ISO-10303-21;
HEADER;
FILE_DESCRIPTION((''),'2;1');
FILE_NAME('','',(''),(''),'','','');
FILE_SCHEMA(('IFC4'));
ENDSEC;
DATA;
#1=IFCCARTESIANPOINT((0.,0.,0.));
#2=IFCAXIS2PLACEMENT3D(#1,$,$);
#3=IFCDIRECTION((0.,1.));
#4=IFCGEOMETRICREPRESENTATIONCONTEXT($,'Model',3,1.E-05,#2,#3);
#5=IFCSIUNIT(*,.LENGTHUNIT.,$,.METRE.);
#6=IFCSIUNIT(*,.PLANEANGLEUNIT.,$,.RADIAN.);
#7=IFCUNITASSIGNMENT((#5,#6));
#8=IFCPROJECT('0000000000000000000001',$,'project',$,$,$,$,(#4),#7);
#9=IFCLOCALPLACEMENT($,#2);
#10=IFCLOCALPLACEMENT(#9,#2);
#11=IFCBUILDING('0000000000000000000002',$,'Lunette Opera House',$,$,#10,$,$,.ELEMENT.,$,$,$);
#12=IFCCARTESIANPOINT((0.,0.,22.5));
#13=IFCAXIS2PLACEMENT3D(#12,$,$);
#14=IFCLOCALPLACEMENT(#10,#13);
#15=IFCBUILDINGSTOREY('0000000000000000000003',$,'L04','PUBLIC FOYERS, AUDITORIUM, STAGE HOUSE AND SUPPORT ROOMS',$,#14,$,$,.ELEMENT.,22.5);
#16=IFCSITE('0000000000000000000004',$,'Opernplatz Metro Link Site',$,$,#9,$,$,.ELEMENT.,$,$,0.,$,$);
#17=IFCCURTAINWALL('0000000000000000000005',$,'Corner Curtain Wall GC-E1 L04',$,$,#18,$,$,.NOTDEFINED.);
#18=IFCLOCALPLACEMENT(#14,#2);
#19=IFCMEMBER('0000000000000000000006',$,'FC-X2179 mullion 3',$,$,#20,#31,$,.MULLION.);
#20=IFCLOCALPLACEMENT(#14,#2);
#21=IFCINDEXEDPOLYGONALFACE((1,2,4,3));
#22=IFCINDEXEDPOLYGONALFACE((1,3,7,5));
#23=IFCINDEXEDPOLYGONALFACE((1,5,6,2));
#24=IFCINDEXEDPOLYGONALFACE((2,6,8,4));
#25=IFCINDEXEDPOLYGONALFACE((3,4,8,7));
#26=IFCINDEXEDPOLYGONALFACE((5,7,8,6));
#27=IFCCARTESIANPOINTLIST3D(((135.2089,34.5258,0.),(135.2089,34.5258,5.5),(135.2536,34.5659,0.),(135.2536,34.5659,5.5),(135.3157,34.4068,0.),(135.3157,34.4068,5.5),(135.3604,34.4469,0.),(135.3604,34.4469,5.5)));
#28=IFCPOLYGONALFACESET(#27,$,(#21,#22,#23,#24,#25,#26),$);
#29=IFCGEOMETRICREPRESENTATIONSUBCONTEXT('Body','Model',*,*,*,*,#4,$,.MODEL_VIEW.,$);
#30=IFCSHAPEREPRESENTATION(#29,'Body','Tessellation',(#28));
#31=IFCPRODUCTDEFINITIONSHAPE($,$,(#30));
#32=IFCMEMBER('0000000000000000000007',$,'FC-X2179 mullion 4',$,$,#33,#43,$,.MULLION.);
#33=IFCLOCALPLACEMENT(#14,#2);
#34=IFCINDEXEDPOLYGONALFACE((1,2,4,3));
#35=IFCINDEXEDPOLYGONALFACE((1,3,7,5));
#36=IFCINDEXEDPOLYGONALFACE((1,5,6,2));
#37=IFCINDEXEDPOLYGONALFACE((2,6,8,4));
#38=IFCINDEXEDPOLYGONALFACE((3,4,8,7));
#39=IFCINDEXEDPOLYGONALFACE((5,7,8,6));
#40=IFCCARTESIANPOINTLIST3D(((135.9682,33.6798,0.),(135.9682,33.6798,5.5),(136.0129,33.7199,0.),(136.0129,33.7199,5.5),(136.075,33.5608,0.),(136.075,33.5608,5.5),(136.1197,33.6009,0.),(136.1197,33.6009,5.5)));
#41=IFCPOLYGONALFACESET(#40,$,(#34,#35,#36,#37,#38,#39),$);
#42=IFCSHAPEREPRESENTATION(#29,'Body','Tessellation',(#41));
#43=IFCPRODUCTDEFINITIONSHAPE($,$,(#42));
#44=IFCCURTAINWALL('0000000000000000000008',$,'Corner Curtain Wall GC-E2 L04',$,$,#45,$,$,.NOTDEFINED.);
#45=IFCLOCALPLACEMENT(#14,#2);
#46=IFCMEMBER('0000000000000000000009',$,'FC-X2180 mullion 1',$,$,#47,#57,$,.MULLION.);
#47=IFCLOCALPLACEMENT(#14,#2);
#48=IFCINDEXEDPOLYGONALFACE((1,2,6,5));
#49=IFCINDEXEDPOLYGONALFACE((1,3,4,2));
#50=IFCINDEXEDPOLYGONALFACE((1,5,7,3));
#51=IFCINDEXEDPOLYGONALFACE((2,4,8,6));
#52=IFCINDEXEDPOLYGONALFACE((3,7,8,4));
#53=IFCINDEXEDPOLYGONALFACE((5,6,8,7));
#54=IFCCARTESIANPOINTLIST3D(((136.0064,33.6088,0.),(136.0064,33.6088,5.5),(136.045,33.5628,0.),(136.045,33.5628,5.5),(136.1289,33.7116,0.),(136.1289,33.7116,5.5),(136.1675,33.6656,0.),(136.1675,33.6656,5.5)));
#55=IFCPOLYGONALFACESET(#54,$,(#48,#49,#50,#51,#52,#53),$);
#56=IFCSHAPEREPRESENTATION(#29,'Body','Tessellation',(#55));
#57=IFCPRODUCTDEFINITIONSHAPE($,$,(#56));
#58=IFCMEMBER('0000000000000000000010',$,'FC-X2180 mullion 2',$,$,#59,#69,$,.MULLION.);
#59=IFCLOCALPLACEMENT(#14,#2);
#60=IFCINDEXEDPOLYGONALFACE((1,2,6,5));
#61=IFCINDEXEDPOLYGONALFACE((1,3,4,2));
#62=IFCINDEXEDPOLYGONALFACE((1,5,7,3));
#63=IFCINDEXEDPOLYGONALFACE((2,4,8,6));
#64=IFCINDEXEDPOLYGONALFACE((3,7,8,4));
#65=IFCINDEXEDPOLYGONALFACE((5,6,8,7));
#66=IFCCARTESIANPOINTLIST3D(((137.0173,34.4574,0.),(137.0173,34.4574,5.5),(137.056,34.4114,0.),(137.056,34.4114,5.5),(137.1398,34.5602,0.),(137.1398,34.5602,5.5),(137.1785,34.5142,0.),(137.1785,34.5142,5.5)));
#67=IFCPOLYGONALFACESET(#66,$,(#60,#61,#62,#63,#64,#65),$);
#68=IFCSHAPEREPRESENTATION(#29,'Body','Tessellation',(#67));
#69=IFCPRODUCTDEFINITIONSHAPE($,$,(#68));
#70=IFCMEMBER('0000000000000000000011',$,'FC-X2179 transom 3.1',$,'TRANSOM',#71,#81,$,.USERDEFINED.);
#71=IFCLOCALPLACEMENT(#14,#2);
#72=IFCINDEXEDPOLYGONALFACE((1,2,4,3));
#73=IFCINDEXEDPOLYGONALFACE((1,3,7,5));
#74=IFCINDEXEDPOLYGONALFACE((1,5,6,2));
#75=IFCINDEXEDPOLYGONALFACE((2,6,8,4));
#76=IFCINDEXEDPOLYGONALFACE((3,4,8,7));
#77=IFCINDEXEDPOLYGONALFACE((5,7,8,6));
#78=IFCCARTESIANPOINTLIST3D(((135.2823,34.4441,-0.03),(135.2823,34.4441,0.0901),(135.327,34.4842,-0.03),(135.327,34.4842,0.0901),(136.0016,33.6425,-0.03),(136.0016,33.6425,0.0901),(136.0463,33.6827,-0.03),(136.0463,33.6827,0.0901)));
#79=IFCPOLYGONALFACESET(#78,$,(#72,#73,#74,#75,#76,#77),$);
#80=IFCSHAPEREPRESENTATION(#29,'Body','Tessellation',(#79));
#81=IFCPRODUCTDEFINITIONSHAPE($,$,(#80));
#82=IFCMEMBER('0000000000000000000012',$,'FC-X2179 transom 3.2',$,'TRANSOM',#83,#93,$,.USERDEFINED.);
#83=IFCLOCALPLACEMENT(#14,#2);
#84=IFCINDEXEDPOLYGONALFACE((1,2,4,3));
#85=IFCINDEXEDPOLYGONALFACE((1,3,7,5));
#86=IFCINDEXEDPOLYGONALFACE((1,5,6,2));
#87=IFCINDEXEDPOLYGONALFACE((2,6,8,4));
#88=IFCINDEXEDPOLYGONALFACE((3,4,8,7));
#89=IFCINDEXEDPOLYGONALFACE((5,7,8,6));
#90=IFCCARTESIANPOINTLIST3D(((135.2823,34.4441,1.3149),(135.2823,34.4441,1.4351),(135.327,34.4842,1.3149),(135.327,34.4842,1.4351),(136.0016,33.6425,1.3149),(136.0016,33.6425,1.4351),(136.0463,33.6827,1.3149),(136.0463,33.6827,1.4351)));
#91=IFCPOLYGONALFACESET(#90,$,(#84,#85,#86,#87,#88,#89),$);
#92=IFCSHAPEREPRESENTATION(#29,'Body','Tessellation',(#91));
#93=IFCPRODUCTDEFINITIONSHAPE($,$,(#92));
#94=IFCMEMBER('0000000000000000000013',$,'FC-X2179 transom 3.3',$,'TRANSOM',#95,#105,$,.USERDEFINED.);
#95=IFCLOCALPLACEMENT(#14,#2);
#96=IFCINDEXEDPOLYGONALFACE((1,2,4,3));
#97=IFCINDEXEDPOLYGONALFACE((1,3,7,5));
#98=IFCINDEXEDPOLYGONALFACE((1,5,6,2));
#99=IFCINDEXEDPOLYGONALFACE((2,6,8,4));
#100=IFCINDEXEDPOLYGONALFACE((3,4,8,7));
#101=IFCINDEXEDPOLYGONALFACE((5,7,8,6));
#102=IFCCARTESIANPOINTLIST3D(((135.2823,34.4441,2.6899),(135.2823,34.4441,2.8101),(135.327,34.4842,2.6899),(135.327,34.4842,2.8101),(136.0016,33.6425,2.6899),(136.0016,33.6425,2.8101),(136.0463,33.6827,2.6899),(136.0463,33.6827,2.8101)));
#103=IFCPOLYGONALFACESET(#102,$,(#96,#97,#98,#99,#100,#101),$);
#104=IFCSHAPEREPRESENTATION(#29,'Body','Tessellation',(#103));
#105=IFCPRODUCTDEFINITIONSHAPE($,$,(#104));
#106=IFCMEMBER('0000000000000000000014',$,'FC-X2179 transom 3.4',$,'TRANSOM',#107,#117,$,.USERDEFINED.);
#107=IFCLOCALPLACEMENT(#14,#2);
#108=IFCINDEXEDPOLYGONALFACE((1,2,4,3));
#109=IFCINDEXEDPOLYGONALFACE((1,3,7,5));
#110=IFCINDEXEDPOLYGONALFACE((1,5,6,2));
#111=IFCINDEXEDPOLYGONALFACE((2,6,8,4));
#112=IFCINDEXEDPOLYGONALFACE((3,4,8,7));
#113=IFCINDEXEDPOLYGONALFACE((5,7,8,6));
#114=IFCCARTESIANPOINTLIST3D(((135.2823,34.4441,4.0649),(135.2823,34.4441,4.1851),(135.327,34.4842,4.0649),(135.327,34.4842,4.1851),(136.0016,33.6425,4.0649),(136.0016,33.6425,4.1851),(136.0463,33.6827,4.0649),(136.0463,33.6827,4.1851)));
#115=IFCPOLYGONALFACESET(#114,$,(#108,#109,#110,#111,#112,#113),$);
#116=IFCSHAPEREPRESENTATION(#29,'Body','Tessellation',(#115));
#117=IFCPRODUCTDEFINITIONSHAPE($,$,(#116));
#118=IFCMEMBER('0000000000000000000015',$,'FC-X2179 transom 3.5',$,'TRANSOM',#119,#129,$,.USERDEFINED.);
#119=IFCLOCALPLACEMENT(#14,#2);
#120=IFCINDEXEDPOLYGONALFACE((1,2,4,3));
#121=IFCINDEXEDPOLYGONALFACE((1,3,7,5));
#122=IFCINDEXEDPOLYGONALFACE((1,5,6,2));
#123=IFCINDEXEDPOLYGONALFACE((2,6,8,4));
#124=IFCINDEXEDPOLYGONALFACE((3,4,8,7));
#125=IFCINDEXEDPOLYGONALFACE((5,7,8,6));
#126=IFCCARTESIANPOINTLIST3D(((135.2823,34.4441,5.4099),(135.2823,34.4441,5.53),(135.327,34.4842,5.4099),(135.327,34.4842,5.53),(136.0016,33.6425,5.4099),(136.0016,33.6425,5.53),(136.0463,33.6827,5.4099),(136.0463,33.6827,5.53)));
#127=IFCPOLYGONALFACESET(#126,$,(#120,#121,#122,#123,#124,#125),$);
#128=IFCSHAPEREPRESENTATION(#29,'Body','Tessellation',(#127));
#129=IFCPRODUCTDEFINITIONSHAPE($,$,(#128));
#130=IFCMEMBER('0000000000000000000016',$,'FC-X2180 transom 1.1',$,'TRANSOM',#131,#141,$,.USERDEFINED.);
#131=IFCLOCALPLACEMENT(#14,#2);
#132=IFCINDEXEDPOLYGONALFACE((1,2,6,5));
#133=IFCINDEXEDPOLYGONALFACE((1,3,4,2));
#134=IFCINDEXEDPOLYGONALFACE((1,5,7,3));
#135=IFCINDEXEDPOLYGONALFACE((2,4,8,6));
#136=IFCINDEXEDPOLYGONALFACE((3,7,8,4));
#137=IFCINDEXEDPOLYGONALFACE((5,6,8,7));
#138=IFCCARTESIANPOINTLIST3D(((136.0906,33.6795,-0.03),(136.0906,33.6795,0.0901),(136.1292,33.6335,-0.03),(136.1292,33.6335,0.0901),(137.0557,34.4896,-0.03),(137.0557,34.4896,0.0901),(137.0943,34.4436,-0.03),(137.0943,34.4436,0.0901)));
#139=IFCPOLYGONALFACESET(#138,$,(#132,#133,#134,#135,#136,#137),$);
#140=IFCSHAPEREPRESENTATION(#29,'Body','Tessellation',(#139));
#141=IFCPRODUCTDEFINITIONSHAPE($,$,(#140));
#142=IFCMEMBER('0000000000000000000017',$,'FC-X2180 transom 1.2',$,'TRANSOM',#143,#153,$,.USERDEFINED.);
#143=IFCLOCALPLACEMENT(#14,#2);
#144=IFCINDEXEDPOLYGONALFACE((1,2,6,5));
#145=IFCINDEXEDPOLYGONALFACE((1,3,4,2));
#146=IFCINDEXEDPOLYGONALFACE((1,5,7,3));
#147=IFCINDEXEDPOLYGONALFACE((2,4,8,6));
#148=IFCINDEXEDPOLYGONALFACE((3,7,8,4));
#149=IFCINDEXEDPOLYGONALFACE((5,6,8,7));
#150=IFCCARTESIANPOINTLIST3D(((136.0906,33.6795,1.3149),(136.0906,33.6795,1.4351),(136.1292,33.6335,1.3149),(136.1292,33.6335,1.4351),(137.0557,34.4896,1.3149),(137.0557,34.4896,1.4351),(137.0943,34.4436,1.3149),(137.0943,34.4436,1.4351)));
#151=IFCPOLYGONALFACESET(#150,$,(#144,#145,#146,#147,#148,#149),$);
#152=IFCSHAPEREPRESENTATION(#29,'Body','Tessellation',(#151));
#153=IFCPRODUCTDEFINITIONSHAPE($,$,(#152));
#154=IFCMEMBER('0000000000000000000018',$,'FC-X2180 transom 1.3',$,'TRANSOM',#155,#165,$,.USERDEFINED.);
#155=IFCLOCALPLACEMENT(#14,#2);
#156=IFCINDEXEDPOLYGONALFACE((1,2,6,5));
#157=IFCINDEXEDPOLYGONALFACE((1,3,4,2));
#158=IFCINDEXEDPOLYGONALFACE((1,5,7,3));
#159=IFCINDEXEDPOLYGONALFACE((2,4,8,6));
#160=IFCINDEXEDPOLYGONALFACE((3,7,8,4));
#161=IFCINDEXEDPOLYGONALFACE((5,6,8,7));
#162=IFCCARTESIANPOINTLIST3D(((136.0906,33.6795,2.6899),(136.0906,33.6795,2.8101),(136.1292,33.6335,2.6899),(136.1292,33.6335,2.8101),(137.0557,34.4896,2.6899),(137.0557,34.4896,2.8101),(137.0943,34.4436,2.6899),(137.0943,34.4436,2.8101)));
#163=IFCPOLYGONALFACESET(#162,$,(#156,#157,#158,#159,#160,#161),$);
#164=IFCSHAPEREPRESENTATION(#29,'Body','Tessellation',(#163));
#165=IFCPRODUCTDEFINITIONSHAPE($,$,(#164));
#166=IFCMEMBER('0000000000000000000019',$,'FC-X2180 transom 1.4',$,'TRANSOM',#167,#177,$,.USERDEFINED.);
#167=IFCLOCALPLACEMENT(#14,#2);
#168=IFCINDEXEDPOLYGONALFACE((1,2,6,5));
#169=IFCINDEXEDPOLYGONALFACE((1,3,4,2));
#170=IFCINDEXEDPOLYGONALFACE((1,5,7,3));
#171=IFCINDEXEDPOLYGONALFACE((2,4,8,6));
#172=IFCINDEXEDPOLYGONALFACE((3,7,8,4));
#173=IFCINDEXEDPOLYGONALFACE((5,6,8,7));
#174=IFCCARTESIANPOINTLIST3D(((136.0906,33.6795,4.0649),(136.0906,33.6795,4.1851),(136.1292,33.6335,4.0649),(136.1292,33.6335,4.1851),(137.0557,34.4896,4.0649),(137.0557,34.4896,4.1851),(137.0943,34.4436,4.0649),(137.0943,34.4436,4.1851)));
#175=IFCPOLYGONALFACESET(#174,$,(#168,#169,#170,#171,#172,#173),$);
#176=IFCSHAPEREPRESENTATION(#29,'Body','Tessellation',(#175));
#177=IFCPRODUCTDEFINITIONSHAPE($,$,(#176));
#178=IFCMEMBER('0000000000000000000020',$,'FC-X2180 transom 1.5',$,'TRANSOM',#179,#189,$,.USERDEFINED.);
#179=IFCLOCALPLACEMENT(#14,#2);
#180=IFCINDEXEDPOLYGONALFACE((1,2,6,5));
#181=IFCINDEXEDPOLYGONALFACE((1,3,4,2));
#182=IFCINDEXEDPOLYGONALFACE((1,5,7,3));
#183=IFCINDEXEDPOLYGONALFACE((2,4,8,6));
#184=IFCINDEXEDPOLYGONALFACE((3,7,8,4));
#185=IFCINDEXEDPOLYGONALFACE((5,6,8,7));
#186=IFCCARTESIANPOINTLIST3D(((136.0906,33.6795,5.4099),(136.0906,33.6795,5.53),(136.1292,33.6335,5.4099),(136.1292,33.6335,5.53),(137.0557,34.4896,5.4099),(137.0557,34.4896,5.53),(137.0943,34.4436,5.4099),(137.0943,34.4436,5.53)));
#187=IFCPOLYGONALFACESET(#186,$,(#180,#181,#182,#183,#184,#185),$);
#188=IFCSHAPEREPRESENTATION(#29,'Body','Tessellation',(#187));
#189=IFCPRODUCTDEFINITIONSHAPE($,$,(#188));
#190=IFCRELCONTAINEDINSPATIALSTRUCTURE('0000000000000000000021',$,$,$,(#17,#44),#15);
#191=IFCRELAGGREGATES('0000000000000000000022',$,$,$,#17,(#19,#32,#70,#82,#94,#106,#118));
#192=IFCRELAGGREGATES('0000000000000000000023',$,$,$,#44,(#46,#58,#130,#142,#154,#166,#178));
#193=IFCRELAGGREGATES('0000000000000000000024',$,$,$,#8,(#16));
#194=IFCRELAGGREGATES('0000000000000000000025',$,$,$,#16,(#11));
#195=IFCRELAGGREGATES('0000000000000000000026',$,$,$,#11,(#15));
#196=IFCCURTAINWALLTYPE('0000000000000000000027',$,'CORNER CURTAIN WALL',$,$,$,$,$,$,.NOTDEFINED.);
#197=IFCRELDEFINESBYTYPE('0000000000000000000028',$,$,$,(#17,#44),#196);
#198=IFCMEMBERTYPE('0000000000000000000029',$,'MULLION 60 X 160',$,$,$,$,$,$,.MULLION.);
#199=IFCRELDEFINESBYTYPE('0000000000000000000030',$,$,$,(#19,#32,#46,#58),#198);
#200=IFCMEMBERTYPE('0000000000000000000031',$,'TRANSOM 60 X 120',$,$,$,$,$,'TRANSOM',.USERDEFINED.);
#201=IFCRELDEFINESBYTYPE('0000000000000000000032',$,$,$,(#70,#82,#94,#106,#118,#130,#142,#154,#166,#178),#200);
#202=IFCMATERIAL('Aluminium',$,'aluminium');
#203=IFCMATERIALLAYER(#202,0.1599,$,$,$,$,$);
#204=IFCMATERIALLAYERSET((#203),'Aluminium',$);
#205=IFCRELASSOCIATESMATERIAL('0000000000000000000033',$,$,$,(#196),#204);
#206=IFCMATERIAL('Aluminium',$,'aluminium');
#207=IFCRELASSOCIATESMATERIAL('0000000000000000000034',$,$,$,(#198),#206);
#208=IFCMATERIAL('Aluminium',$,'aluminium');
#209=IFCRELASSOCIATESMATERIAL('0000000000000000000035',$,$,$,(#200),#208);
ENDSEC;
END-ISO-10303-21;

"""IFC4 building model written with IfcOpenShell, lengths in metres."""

from ifc_helpers import new_model, si_unit, direction, frame, origin, origin_2d, place, context, subcontext, project, spatial, rectangle, extrude, material, layer, layer_set, material_profile, profile_set, type_object, element, aggregate, save


model = new_model("IFC4")

# Units and contexts
model_context = context("Model", 3, precision=1e-05, world=origin(), true_north=direction((0.0, 1.0)))
body_context = subcontext(model_context, "Body", "Model", "MODEL_VIEW")
ifc_project = project(units=[si_unit("LENGTHUNIT", "METRE"), si_unit("PLANEANGLEUNIT", "RADIAN")], contexts=[model_context])

# Site, building, storey
site_placement = place(None, origin())
site = spatial("IfcSite", under=ifc_project, at=site_placement, Name="Opernplatz Metro Link Site", CompositionType="ELEMENT", RefElevation=0.0)
building_placement = place(site_placement, origin())
building = spatial("IfcBuilding", under=site, at=building_placement, Name="Lunette Opera House", CompositionType="ELEMENT")
storey_placement = place(building_placement, frame((0.0, 0.0, 22.5)))
storey = spatial("IfcBuildingStorey", under=building, at=storey_placement, Name="L04", Description="PUBLIC FOYERS, AUDITORIUM, STAGE HOUSE AND SUPPORT ROOMS", CompositionType="ELEMENT", Elevation=22.5)

# Curtain walls, members
ifc_material_1 = material(Name="Aluminium", Category="aluminium")
ifc_layer_1 = layer(ifc_material_1, 0.1599)
ifc_layer_set_1 = layer_set([ifc_layer_1], Name="Aluminium")
curtain_wall_type = type_object("IfcCurtainWallType", Name="CORNER CURTAIN WALL", PredefinedType="NOTDEFINED", material=ifc_layer_set_1)
curtain_wall_1_placement = place(storey_placement, origin())
curtain_wall_1 = element("IfcCurtainWall", 1, at=curtain_wall_1_placement, inside=storey, type_object=curtain_wall_type, Name="Corner Curtain Wall GC-E1 L04", PredefinedType="NOTDEFINED")
ifc_material_2 = material(Name="Aluminium", Category="aluminium")
ifc_material_profile_1 = material_profile(ifc_material_2, rectangle(XDim=0.0601, YDim=0.1599, at=origin_2d()), Name="MULLION 60 X 160")
ifc_profile_set_1 = profile_set([ifc_material_profile_1], Name="Aluminium")
member_type_1 = type_object("IfcMemberType", Name="MULLION 60 X 160", PredefinedType="MULLION", material=ifc_profile_set_1)
member_1_placement = place(storey_placement, frame((135.2847, 34.4863, 0.0), z_axis=(0.0, 0.0, 1.0), x_axis=(0.744217, 0.667938, 0.0)))
member_1 = element("IfcMember", 2, at=member_1_placement, type_object=member_type_1, Name="FC-X2179 mullion 3", PredefinedType="MULLION", context=body_context, shape_type="SweptSolid", body=[
    extrude(rectangle(XDim=0.0601, YDim=0.1599, at=origin_2d()), origin(), (0.0, 0.0, 1.0), 5.5),
])
member_2_placement = place(storey_placement, frame((136.0439, 33.6404, 0.0), z_axis=(0.0, 0.0, 1.0), x_axis=(0.744217, 0.667938, 0.0)))
member_2 = element("IfcMember", 3, at=member_2_placement, type_object=member_type_1, Name="FC-X2179 mullion 4", PredefinedType="MULLION", context=body_context, shape_type="SweptSolid", body=[
    extrude(rectangle(XDim=0.0601, YDim=0.1599, at=origin_2d()), origin(), (0.0, 0.0, 1.0), 5.5),
])
curtain_wall_2_placement = place(storey_placement, origin())
curtain_wall_2 = element("IfcCurtainWall", 4, at=curtain_wall_2_placement, inside=storey, type_object=curtain_wall_type, Name="Corner Curtain Wall GC-E2 L04", PredefinedType="NOTDEFINED")
member_3_placement = place(storey_placement, frame((136.0869, 33.6372, 0.0), z_axis=(0.0, 0.0, 1.0), x_axis=(-0.64284, 0.766, 0.0)))
member_3 = element("IfcMember", 5, at=member_3_placement, type_object=member_type_1, Name="FC-X2180 mullion 1", PredefinedType="MULLION", context=body_context, shape_type="SweptSolid", body=[
    extrude(rectangle(XDim=0.0601, YDim=0.1599, at=origin_2d()), origin(), (0.0, 0.0, 1.0), 5.5),
])
member_4_placement = place(storey_placement, frame((137.0979, 34.4858, 0.0), z_axis=(0.0, 0.0, 1.0), x_axis=(-0.64284, 0.766, 0.0)))
member_4 = element("IfcMember", 6, at=member_4_placement, type_object=member_type_1, Name="FC-X2180 mullion 2", PredefinedType="MULLION", context=body_context, shape_type="SweptSolid", body=[
    extrude(rectangle(XDim=0.0601, YDim=0.1599, at=origin_2d()), origin(), (0.0, 0.0, 1.0), 5.5),
])

# Members
ifc_material_3 = material(Name="Aluminium", Category="aluminium")
ifc_material_profile_2 = material_profile(ifc_material_3, rectangle(XDim=0.0601, YDim=0.1201, at=origin_2d()), Name="TRANSOM 60 X 120")
ifc_profile_set_2 = profile_set([ifc_material_profile_2], Name="Aluminium")
member_type_2 = type_object("IfcMemberType", Name="TRANSOM 60 X 120", ElementType="TRANSOM", PredefinedType="USERDEFINED", material=ifc_profile_set_2)
member_5_placement = place(storey_placement, frame((135.3047, 34.4641, 0.03), z_axis=(0.667874, -0.744274, 0.0), x_axis=(0.744274, 0.667874, 0.0)))
member_5 = element("IfcMember", 7, at=member_5_placement, type_object=member_type_2, Name="FC-X2179 transom 3.1", ObjectType="TRANSOM", PredefinedType="USERDEFINED", context=body_context, shape_type="SweptSolid", body=[
    extrude(rectangle(XDim=0.0601, YDim=0.1201, at=origin_2d()), origin(), (0.0, 0.0, 1.0), 1.0769),
])
member_6_placement = place(storey_placement, frame((135.3047, 34.4641, 1.375), z_axis=(0.667874, -0.744274, 0.0), x_axis=(0.744274, 0.667874, 0.0)))
member_6 = element("IfcMember", 8, at=member_6_placement, type_object=member_type_2, Name="FC-X2179 transom 3.2", ObjectType="TRANSOM", PredefinedType="USERDEFINED", context=body_context, shape_type="SweptSolid", body=[
    extrude(rectangle(XDim=0.0601, YDim=0.1201, at=origin_2d()), origin(), (0.0, 0.0, 1.0), 1.0769),
])
member_7_placement = place(storey_placement, frame((135.3047, 34.4641, 2.75), z_axis=(0.667874, -0.744274, 0.0), x_axis=(0.744274, 0.667874, 0.0)))
member_7 = element("IfcMember", 9, at=member_7_placement, type_object=member_type_2, Name="FC-X2179 transom 3.3", ObjectType="TRANSOM", PredefinedType="USERDEFINED", context=body_context, shape_type="SweptSolid", body=[
    extrude(rectangle(XDim=0.0601, YDim=0.1201, at=origin_2d()), origin(), (0.0, 0.0, 1.0), 1.0769),
])
member_8_placement = place(storey_placement, frame((135.3047, 34.4641, 4.125), z_axis=(0.667874, -0.744274, 0.0), x_axis=(0.744274, 0.667874, 0.0)))
member_8 = element("IfcMember", 10, at=member_8_placement, type_object=member_type_2, Name="FC-X2179 transom 3.4", ObjectType="TRANSOM", PredefinedType="USERDEFINED", context=body_context, shape_type="SweptSolid", body=[
    extrude(rectangle(XDim=0.0601, YDim=0.1201, at=origin_2d()), origin(), (0.0, 0.0, 1.0), 1.0769),
])
member_9_placement = place(storey_placement, frame((135.3047, 34.4641, 5.47), z_axis=(0.667874, -0.744274, 0.0), x_axis=(0.744274, 0.667874, 0.0)))
member_9 = element("IfcMember", 11, at=member_9_placement, type_object=member_type_2, Name="FC-X2179 transom 3.5", ObjectType="TRANSOM", PredefinedType="USERDEFINED", context=body_context, shape_type="SweptSolid", body=[
    extrude(rectangle(XDim=0.0601, YDim=0.1201, at=origin_2d()), origin(), (0.0, 0.0, 1.0), 1.0769),
])
member_10_placement = place(storey_placement, frame((136.1099, 33.6565, 0.03), z_axis=(0.765945, 0.642906, 0.0), x_axis=(-0.642906, 0.765945, 0.0)))
member_10 = element("IfcMember", 12, at=member_10_placement, type_object=member_type_2, Name="FC-X2180 transom 1.1", ObjectType="TRANSOM", PredefinedType="USERDEFINED", context=body_context, shape_type="SweptSolid", body=[
    extrude(rectangle(XDim=0.0601, YDim=0.1201, at=origin_2d()), origin(), (0.0, 0.0, 1.0), 1.26),
])
member_11_placement = place(storey_placement, frame((136.1099, 33.6565, 1.375), z_axis=(0.765945, 0.642906, 0.0), x_axis=(-0.642906, 0.765945, 0.0)))
member_11 = element("IfcMember", 13, at=member_11_placement, type_object=member_type_2, Name="FC-X2180 transom 1.2", ObjectType="TRANSOM", PredefinedType="USERDEFINED", context=body_context, shape_type="SweptSolid", body=[
    extrude(rectangle(XDim=0.0601, YDim=0.1201, at=origin_2d()), origin(), (0.0, 0.0, 1.0), 1.26),
])
member_12_placement = place(storey_placement, frame((136.1099, 33.6565, 2.75), z_axis=(0.765945, 0.642906, 0.0), x_axis=(-0.642906, 0.765945, 0.0)))
member_12 = element("IfcMember", 14, at=member_12_placement, type_object=member_type_2, Name="FC-X2180 transom 1.3", ObjectType="TRANSOM", PredefinedType="USERDEFINED", context=body_context, shape_type="SweptSolid", body=[
    extrude(rectangle(XDim=0.0601, YDim=0.1201, at=origin_2d()), origin(), (0.0, 0.0, 1.0), 1.26),
])
member_13_placement = place(storey_placement, frame((136.1099, 33.6565, 4.125), z_axis=(0.765945, 0.642906, 0.0), x_axis=(-0.642906, 0.765945, 0.0)))
member_13 = element("IfcMember", 15, at=member_13_placement, type_object=member_type_2, Name="FC-X2180 transom 1.4", ObjectType="TRANSOM", PredefinedType="USERDEFINED", context=body_context, shape_type="SweptSolid", body=[
    extrude(rectangle(XDim=0.0601, YDim=0.1201, at=origin_2d()), origin(), (0.0, 0.0, 1.0), 1.26),
])
member_14_placement = place(storey_placement, frame((136.1099, 33.6565, 5.47), z_axis=(0.765945, 0.642906, 0.0), x_axis=(-0.642906, 0.765945, 0.0)))
member_14 = element("IfcMember", 16, at=member_14_placement, type_object=member_type_2, Name="FC-X2180 transom 1.5", ObjectType="TRANSOM", PredefinedType="USERDEFINED", context=body_context, shape_type="SweptSolid", body=[
    extrude(rectangle(XDim=0.0601, YDim=0.1201, at=origin_2d()), origin(), (0.0, 0.0, 1.0), 1.26),
])

aggregate(curtain_wall_1, [member_1, member_2, member_5, member_6, member_7, member_8, member_9])
aggregate(curtain_wall_2, [member_3, member_4, member_10, member_11, member_12, member_13, member_14])

save(model, "model.ifc")
